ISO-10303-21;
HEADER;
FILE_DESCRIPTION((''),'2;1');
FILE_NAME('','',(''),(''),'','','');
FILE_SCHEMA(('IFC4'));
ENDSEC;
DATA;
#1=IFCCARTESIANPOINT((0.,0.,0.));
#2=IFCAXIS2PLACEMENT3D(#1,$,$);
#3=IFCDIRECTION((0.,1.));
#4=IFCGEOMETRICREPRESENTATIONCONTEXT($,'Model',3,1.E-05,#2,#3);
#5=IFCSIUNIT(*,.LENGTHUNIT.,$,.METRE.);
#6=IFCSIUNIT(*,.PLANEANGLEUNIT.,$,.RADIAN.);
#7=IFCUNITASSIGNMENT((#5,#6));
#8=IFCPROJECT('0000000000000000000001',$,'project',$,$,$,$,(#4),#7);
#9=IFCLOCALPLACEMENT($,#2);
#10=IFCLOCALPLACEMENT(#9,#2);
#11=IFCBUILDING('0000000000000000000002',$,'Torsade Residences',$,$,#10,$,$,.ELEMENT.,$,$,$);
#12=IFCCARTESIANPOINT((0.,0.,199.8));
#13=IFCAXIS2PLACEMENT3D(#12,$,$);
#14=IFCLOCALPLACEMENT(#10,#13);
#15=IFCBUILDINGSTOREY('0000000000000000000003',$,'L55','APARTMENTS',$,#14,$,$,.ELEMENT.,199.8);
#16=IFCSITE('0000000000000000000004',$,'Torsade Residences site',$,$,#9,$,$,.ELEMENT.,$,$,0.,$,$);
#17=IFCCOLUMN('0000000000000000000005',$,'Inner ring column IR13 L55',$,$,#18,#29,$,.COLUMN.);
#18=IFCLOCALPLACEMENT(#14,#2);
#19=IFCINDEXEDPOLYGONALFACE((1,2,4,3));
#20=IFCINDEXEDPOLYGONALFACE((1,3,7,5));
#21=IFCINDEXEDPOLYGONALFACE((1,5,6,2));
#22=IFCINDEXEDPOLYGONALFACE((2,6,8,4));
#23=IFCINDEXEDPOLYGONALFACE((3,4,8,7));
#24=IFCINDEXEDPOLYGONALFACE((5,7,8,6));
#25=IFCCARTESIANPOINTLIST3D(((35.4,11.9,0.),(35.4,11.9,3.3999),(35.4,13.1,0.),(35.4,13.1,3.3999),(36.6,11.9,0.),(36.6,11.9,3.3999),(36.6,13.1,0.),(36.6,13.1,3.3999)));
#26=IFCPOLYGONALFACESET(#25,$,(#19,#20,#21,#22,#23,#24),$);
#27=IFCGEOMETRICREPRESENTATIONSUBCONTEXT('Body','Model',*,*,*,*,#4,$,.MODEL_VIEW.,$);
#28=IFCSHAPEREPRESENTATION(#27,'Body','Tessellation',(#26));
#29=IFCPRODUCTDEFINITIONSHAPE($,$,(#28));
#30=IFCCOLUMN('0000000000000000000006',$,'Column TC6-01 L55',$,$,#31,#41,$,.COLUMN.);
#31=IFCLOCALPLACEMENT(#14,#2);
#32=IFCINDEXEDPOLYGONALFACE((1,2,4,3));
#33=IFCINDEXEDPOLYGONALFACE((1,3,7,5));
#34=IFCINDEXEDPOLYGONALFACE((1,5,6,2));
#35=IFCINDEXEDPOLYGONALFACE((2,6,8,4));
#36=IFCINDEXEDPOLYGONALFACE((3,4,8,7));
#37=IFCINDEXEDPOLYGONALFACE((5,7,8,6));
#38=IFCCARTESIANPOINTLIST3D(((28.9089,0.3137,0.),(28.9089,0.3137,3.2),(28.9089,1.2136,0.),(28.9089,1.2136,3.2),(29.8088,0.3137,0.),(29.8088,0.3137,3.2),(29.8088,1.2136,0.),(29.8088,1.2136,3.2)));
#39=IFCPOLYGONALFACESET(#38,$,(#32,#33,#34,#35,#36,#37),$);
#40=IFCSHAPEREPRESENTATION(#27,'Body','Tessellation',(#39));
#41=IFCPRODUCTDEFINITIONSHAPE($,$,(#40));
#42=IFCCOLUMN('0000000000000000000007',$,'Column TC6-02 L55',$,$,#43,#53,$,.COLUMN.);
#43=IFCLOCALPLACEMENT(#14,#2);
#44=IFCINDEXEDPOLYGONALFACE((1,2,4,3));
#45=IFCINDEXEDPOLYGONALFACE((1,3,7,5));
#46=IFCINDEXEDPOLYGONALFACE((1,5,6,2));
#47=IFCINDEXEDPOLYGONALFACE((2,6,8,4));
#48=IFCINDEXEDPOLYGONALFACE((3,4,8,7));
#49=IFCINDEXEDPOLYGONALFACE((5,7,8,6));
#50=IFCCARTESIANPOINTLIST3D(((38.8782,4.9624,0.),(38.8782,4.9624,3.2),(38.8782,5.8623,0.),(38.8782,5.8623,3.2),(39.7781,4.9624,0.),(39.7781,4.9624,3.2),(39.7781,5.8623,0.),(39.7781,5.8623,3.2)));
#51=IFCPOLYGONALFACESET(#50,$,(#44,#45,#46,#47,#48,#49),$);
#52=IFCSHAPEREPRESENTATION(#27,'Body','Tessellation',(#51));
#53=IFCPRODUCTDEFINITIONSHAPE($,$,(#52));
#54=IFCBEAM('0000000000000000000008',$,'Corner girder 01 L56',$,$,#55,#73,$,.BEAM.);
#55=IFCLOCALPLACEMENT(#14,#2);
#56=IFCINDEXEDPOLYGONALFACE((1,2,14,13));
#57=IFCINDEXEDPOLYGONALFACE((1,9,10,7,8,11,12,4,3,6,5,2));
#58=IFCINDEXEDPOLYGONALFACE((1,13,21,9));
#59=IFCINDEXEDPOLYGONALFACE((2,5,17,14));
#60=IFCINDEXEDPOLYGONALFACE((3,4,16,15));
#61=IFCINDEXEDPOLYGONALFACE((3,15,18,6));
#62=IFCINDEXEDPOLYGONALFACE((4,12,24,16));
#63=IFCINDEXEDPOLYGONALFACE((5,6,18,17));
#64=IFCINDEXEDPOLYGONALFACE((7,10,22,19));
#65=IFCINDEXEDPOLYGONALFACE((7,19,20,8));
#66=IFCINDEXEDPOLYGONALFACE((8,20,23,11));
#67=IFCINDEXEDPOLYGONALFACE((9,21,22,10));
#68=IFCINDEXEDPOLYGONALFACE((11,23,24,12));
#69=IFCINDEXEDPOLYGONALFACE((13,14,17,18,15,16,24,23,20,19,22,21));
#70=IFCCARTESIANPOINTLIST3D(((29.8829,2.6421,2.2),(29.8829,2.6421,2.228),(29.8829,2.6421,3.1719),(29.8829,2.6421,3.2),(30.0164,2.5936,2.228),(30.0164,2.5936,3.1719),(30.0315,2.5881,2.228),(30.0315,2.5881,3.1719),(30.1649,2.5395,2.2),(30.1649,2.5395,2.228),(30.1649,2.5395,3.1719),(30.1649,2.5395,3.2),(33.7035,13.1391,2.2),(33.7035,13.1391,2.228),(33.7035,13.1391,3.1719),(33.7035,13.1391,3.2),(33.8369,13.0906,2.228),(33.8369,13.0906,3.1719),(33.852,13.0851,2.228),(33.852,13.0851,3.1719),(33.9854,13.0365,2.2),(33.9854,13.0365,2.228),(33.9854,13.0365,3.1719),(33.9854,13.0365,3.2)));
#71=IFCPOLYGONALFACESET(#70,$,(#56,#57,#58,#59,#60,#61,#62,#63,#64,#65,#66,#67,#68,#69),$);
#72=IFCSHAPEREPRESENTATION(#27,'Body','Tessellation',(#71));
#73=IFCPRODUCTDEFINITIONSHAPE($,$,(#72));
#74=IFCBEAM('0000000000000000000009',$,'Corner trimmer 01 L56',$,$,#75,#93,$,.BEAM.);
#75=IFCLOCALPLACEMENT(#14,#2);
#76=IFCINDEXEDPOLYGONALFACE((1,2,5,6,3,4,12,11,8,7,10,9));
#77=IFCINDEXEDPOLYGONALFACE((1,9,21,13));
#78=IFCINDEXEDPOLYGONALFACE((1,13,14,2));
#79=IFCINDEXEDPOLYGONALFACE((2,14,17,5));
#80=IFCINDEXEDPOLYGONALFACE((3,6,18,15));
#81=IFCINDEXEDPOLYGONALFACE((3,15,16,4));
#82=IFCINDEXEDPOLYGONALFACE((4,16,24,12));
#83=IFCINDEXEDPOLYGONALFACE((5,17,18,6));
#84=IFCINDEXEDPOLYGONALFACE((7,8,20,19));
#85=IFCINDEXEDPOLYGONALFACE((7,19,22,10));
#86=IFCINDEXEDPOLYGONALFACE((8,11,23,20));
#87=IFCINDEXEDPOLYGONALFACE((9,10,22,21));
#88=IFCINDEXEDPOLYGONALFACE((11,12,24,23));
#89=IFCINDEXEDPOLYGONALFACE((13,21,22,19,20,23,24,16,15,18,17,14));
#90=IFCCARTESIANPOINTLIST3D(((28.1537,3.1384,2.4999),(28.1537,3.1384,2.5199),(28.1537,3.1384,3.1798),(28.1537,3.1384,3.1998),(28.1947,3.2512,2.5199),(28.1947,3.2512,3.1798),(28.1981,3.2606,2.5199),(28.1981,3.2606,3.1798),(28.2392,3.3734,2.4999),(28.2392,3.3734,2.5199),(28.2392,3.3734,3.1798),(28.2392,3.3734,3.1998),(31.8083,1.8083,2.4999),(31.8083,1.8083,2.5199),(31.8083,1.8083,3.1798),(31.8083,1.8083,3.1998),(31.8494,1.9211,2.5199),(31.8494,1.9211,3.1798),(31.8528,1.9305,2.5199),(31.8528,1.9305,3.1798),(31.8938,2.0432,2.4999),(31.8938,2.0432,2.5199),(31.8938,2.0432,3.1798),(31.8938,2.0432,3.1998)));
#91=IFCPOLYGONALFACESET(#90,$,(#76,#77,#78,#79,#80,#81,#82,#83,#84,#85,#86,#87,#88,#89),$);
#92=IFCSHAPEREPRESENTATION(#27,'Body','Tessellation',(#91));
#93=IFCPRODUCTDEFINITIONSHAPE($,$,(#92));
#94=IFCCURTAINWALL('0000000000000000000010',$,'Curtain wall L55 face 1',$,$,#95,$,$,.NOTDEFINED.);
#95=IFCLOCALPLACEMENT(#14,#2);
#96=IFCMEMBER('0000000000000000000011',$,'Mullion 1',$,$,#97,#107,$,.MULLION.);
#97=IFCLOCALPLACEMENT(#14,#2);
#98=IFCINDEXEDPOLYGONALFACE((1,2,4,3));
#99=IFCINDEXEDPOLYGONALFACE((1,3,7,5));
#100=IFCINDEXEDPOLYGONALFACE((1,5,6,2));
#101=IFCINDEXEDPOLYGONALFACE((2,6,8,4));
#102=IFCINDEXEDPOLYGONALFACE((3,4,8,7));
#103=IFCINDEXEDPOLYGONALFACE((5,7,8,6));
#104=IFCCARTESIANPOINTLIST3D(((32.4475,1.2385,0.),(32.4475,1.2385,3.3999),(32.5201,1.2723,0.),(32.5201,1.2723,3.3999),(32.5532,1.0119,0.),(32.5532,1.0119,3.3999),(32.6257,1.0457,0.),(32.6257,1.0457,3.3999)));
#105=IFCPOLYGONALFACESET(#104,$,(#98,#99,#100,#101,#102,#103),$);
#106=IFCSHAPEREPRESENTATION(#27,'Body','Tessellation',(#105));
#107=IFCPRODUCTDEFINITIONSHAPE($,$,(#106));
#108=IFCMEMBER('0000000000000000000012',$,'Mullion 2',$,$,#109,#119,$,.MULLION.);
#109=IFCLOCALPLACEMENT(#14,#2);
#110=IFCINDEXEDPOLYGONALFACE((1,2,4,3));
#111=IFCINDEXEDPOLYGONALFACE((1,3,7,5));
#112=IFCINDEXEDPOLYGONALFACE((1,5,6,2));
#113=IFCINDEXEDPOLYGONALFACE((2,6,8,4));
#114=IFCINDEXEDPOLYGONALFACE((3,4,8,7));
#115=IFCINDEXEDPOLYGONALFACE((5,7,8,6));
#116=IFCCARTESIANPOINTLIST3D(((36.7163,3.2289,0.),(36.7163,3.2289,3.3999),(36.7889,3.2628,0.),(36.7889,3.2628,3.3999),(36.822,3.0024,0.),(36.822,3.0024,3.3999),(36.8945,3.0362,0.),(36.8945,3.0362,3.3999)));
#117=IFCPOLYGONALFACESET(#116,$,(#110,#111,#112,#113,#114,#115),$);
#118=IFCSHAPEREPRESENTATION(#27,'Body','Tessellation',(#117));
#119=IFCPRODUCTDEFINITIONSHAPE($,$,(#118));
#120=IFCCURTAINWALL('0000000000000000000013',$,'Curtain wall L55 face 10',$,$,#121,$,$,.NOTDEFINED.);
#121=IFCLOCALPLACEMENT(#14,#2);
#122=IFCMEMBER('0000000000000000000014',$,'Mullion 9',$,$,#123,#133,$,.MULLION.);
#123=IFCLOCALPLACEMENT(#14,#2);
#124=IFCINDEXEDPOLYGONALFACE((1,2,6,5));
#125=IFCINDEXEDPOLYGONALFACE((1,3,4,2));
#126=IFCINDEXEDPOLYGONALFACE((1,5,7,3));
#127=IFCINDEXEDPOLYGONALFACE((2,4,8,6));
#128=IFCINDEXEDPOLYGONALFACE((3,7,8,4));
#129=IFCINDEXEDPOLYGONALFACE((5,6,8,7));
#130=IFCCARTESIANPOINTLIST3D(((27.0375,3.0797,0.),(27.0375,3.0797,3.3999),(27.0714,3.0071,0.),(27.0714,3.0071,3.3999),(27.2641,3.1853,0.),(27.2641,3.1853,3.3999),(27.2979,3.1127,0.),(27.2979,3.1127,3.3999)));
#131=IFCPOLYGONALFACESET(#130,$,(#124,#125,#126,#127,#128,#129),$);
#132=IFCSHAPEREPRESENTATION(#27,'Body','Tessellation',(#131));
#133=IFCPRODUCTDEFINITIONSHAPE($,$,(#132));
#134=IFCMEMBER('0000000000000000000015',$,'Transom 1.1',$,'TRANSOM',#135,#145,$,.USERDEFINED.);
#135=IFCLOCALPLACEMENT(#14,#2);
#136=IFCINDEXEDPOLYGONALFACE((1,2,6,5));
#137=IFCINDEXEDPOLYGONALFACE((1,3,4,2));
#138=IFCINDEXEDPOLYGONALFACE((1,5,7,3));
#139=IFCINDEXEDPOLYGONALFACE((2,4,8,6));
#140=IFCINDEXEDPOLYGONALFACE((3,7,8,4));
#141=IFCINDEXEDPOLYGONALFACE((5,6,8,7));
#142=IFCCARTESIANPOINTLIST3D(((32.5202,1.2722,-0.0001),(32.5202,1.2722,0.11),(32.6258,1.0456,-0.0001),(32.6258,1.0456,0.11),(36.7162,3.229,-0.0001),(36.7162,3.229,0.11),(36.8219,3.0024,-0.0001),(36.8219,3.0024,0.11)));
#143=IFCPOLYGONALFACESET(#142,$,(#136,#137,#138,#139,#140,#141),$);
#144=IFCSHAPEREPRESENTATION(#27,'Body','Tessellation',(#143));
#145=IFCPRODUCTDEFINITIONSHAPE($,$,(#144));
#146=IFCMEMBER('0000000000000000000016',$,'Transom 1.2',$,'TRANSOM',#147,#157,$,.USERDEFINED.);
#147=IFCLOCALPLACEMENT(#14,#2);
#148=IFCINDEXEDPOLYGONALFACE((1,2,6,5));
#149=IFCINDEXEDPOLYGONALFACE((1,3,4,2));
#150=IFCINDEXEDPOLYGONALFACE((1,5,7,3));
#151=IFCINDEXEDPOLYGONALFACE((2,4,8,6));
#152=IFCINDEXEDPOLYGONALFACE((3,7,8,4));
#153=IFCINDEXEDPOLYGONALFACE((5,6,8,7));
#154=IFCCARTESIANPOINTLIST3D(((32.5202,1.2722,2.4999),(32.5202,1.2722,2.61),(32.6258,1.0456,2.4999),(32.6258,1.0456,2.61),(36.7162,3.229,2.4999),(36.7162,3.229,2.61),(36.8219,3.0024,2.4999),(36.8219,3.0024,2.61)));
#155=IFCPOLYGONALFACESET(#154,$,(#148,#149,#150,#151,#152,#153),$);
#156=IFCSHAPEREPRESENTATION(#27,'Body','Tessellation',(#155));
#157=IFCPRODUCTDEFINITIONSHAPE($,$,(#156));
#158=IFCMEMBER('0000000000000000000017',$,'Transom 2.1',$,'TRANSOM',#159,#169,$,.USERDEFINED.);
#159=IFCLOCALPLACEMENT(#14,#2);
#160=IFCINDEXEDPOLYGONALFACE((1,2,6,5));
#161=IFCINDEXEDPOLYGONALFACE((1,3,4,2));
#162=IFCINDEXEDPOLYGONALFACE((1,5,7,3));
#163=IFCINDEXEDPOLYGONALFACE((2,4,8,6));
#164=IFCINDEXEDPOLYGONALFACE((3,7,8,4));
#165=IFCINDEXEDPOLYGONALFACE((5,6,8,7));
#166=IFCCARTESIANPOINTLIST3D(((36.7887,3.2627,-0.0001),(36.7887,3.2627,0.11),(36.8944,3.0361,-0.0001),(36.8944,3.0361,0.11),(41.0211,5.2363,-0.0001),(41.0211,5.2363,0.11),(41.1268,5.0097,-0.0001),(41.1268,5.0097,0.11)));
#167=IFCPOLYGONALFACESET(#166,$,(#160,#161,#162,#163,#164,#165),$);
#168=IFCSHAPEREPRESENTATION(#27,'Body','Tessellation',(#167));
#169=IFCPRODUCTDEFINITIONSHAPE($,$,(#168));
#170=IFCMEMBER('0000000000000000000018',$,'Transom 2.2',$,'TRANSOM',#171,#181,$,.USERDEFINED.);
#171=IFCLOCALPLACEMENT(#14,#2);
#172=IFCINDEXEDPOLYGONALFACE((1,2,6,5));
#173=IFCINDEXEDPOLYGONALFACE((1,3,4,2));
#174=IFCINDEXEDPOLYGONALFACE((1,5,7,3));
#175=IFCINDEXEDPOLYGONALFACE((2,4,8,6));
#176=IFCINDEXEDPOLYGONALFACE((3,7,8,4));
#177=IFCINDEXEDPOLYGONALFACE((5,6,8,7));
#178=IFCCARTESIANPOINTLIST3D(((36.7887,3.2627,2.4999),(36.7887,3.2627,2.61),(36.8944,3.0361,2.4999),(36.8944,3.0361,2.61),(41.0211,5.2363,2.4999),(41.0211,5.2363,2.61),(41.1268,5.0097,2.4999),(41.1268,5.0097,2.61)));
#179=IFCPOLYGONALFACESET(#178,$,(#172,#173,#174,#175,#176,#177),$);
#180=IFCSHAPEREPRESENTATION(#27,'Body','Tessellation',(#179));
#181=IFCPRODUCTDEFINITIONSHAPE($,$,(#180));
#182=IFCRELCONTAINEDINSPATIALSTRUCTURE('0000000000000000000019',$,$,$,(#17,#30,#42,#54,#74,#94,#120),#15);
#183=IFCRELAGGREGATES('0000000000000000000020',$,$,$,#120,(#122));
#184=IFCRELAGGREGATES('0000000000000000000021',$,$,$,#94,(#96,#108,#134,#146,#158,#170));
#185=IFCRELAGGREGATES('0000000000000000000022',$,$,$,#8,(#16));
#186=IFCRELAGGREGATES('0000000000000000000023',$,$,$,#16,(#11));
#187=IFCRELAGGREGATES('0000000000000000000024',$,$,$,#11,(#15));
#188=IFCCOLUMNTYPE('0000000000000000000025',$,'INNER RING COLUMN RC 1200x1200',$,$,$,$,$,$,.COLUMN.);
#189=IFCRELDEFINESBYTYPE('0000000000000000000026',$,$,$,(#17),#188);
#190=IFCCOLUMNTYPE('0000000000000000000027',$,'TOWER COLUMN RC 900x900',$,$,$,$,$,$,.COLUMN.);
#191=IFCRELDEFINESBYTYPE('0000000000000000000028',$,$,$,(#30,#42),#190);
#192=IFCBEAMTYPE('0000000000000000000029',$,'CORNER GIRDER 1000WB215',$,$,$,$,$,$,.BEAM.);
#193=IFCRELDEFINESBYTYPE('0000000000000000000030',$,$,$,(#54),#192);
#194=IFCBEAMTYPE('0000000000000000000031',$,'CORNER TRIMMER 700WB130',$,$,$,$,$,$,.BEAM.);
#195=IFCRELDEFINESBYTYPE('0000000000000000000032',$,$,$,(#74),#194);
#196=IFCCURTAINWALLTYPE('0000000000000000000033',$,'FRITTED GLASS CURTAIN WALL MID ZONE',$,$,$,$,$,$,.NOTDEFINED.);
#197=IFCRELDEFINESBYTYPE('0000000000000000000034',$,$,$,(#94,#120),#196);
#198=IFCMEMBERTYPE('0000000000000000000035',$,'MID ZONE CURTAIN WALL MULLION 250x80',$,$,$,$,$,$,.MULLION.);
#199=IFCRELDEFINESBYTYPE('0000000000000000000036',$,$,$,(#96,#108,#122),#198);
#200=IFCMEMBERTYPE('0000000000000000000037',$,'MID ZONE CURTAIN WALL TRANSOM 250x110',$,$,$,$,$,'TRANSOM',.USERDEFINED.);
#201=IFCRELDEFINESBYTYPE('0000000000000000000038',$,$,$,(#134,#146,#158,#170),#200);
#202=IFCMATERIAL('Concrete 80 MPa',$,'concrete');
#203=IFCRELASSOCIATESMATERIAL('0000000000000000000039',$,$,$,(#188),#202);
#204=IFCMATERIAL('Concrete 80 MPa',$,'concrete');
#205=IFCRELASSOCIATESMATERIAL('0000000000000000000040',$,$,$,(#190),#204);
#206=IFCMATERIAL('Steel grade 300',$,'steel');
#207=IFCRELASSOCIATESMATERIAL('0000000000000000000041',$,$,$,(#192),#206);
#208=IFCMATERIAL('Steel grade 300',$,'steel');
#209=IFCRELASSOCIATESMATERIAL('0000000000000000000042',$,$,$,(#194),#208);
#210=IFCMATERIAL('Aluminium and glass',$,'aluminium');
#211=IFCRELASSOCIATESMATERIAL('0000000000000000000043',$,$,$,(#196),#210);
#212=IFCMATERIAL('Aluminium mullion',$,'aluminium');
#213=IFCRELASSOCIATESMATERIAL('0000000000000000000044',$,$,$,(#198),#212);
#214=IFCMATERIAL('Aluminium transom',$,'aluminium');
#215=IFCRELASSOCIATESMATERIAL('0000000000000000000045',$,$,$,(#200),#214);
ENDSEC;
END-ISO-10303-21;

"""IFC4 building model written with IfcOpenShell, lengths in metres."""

from ifc_helpers import new_model, si_unit, direction, frame, origin, origin_2d, place, context, subcontext, project, spatial, rectangle, i_section, extrude, material, material_profile, profile_set, type_object, element, aggregate, save


model = new_model("IFC4")

# Units and contexts
model_context = context("Model", 3, precision=1e-05, world=origin(), true_north=direction((0.0, 1.0)))
body_context = subcontext(model_context, "Body", "Model", "MODEL_VIEW")
ifc_project = project(units=[si_unit("LENGTHUNIT", "METRE"), si_unit("PLANEANGLEUNIT", "RADIAN")], contexts=[model_context])

# Site, building, storey
site_placement = place(None, origin())
site = spatial("IfcSite", under=ifc_project, at=site_placement, Name="Torsade Residences site", CompositionType="ELEMENT", RefElevation=0.0)
building_placement = place(site_placement, origin())
building = spatial("IfcBuilding", under=site, at=building_placement, Name="Torsade Residences", CompositionType="ELEMENT")
storey_placement = place(building_placement, frame((0.0, 0.0, 199.8)))
storey = spatial("IfcBuildingStorey", under=building, at=storey_placement, Name="L55", Description="APARTMENTS", CompositionType="ELEMENT", Elevation=199.8)

# Columns
ifc_material_1 = material(Name="Concrete 80 MPa", Category="concrete")
ifc_material_profile_1 = material_profile(ifc_material_1, rectangle(XDim=1.2, YDim=1.2, at=origin_2d()), Name="RC 1200x1200")
ifc_profile_set_1 = profile_set([ifc_material_profile_1], Name="Concrete 80 MPa")
column_type_1 = type_object("IfcColumnType", Name="INNER RING COLUMN RC 1200x1200", PredefinedType="COLUMN", material=ifc_profile_set_1)
column_placement = place(storey_placement, frame((36.0, 12.5, 0.0), z_axis=(0.0, 0.0, 1.0), x_axis=(1.0, 0.0, 0.0)))
element("IfcColumn", 1, at=column_placement, inside=storey, type_object=column_type_1, Name="Inner ring column IR13 L55", PredefinedType="COLUMN", context=body_context, shape_type="SweptSolid", body=[
    extrude(rectangle(XDim=1.2, YDim=1.2, at=origin_2d()), origin(), (0.0, 0.0, 1.0), 3.3999),
])
ifc_material_2 = material(Name="Concrete 80 MPa", Category="concrete")
ifc_material_profile_2 = material_profile(ifc_material_2, rectangle(XDim=0.8999, YDim=0.8999, at=origin_2d()), Name="RC 900x900")
ifc_profile_set_2 = profile_set([ifc_material_profile_2], Name="Concrete 80 MPa")
column_type_2 = type_object("IfcColumnType", Name="TOWER COLUMN RC 900x900", PredefinedType="COLUMN", material=ifc_profile_set_2)
for number, where, z_axis, x_axis, name in (
    (2, (29.3589, 0.7637, 0.0), (0.0, 0.0, 1.0), (1.0, 0.0, 0.0), "Column TC6-01 L55"),
    (3, (39.3281, 5.4124, 0.0), (0.0, 0.0, 1.0), (1.0, 0.0, 0.0), "Column TC6-02 L55"),
):
    element("IfcColumn", number, at=place(storey_placement, frame(where, z_axis=z_axis, x_axis=x_axis)), inside=storey, type_object=column_type_2, Name=name, PredefinedType="COLUMN", context=body_context, shape_type="SweptSolid", body=[
        extrude(rectangle(XDim=0.8999, YDim=0.8999, at=origin_2d()), origin(), (0.0, 0.0, 1.0), 3.2),
    ])

# Beams
ifc_material_3 = material(Name="Steel grade 300", Category="steel")
ifc_material_profile_3 = material_profile(ifc_material_3, i_section(OverallWidth=0.3, OverallDepth=1.0, WebThickness=0.0161, FlangeThickness=0.0281, at=origin_2d()), Name="1000WB215")
ifc_profile_set_3 = profile_set([ifc_material_profile_3], Name="Steel grade 300")
beam_type_1 = type_object("IfcBeamType", Name="CORNER GIRDER 1000WB215", PredefinedType="BEAM", material=ifc_profile_set_3)
beam_1_placement = place(storey_placement, frame((30.0239, 2.5908, 2.7), z_axis=(0.342015, 0.939694, 0.0), x_axis=(-0.939694, 0.342015, 0.0)))
element("IfcBeam", 4, at=beam_1_placement, inside=storey, type_object=beam_type_1, Name="Corner girder 01 L56", PredefinedType="BEAM", context=body_context, shape_type="SweptSolid", body=[
    extrude(i_section(OverallWidth=0.3, OverallDepth=1.0, WebThickness=0.0161, FlangeThickness=0.0281, at=origin_2d()), origin(), (0.0, 0.0, 1.0), 11.1707),
])
ifc_material_4 = material(Name="Steel grade 300", Category="steel")
ifc_material_profile_4 = material_profile(ifc_material_4, i_section(OverallWidth=0.25, OverallDepth=0.7, WebThickness=0.01, FlangeThickness=0.02, at=origin_2d()), Name="700WB130")
ifc_profile_set_4 = profile_set([ifc_material_profile_4], Name="Steel grade 300")
beam_type_2 = type_object("IfcBeamType", Name="CORNER TRIMMER 700WB130", PredefinedType="BEAM", material=ifc_profile_set_4)
beam_2_placement = place(storey_placement, frame((31.8511, 1.9258, 2.8499), z_axis=(-0.939698, 0.342005, 0.0), x_axis=(-0.342005, -0.939698, 0.0)))
element("IfcBeam", 5, at=beam_2_placement, inside=storey, type_object=beam_type_2, Name="Corner trimmer 01 L56", PredefinedType="BEAM", context=body_context, shape_type="SweptSolid", body=[
    extrude(i_section(OverallWidth=0.25, OverallDepth=0.7, WebThickness=0.01, FlangeThickness=0.02, at=origin_2d()), origin(), (0.0, 0.0, 1.0), 3.8892),
])

# Curtain wall, members
ifc_material_5 = material(Name="Aluminium and glass", Category="aluminium")
curtain_wall_type = type_object("IfcCurtainWallType", Name="FRITTED GLASS CURTAIN WALL MID ZONE", PredefinedType="NOTDEFINED", material=ifc_material_5)
curtain_wall_1_placement = place(storey_placement, origin())
curtain_wall_1 = element("IfcCurtainWall", 6, at=curtain_wall_1_placement, inside=storey, type_object=curtain_wall_type, Name="Curtain wall L55 face 1", PredefinedType="NOTDEFINED")
ifc_material_6 = material(Name="Aluminium mullion", Category="aluminium")
ifc_material_profile_5 = material_profile(ifc_material_6, rectangle(XDim=0.25, YDim=0.0801, at=origin_2d()), Name="MID ZONE CURTAIN WALL MULLION 250x80")
ifc_profile_set_5 = profile_set([ifc_material_profile_5], Name="Aluminium mullion")
member_type_1 = type_object("IfcMemberType", Name="MID ZONE CURTAIN WALL MULLION 250x80", PredefinedType="MULLION", material=ifc_profile_set_5)
member_1_placement = place(storey_placement, frame((32.5366, 1.1421, 0.0), z_axis=(0.0, 0.0, 1.0), x_axis=(-0.422618, 0.906308, 0.0)))
member_1 = element("IfcMember", 7, at=member_1_placement, type_object=member_type_1, Name="Mullion 1", PredefinedType="MULLION", context=body_context, shape_type="SweptSolid", body=[
    extrude(rectangle(XDim=0.25, YDim=0.0801, at=origin_2d()), origin(), (0.0, 0.0, 1.0), 3.3999),
])
member_2_placement = place(storey_placement, frame((36.8054, 3.1326, 0.0), z_axis=(0.0, 0.0, 1.0), x_axis=(-0.422618, 0.906308, 0.0)))
member_2 = element("IfcMember", 8, at=member_2_placement, type_object=member_type_1, Name="Mullion 2", PredefinedType="MULLION", context=body_context, shape_type="SweptSolid", body=[
    extrude(rectangle(XDim=0.25, YDim=0.0801, at=origin_2d()), origin(), (0.0, 0.0, 1.0), 3.3999),
])

# Curtain wall, member
curtain_wall_2_placement = place(storey_placement, origin())
curtain_wall_2 = element("IfcCurtainWall", 9, at=curtain_wall_2_placement, inside=storey, type_object=curtain_wall_type, Name="Curtain wall L55 face 10", PredefinedType="NOTDEFINED")
member_3_placement = place(storey_placement, frame((27.1677, 3.0962, 0.0), z_axis=(0.0, 0.0, 1.0), x_axis=(0.906308, 0.422618, 0.0)))
member_3 = element("IfcMember", 10, at=member_3_placement, type_object=member_type_1, Name="Mullion 9", PredefinedType="MULLION", context=body_context, shape_type="SweptSolid", body=[
    extrude(rectangle(XDim=0.25, YDim=0.0801, at=origin_2d()), origin(), (0.0, 0.0, 1.0), 3.3999),
])

# Members
ifc_material_7 = material(Name="Aluminium transom", Category="aluminium")
ifc_material_profile_6 = material_profile(ifc_material_7, rectangle(XDim=0.25, YDim=0.1101, at=origin_2d()), Name="MID ZONE CURTAIN WALL TRANSOM 250x110")
ifc_profile_set_6 = profile_set([ifc_material_profile_6], Name="Aluminium transom")
member_type_2 = type_object("IfcMemberType", Name="MID ZONE CURTAIN WALL TRANSOM 250x110", ElementType="TRANSOM", PredefinedType="USERDEFINED", material=ifc_profile_set_6)
member_4_placement = place(storey_placement, frame((32.573, 1.1589, 0.0549), z_axis=(0.906296, 0.422643, 0.0), x_axis=(-0.422643, 0.906296, 0.0)))
member_4 = element("IfcMember", 11, at=member_4_placement, type_object=member_type_2, Name="Transom 1.1", ObjectType="TRANSOM", PredefinedType="USERDEFINED", context=body_context, shape_type="SweptSolid", body=[
    extrude(rectangle(XDim=0.25, YDim=0.1101, at=origin_2d()), origin(), (0.0, 0.0, 1.0), 4.6299),
])
member_5_placement = place(storey_placement, frame((32.573, 1.1589, 2.5549), z_axis=(0.906296, 0.422643, 0.0), x_axis=(-0.422643, 0.906296, 0.0)))
member_5 = element("IfcMember", 12, at=member_5_placement, type_object=member_type_2, Name="Transom 1.2", ObjectType="TRANSOM", PredefinedType="USERDEFINED", context=body_context, shape_type="SweptSolid", body=[
    extrude(rectangle(XDim=0.25, YDim=0.1101, at=origin_2d()), origin(), (0.0, 0.0, 1.0), 4.6299),
])
member_6_placement = place(storey_placement, frame((36.8416, 3.1494, 0.0549), z_axis=(0.906306, 0.422622, 0.0), x_axis=(-0.422622, 0.906306, 0.0)))
member_6 = element("IfcMember", 13, at=member_6_placement, type_object=member_type_2, Name="Transom 2.1", ObjectType="TRANSOM", PredefinedType="USERDEFINED", context=body_context, shape_type="SweptSolid", body=[
    extrude(rectangle(XDim=0.25, YDim=0.1101, at=origin_2d()), origin(), (0.0, 0.0, 1.0), 4.6699),
])
member_7_placement = place(storey_placement, frame((36.8416, 3.1494, 2.5549), z_axis=(0.906306, 0.422622, 0.0), x_axis=(-0.422622, 0.906306, 0.0)))
member_7 = element("IfcMember", 14, at=member_7_placement, type_object=member_type_2, Name="Transom 2.2", ObjectType="TRANSOM", PredefinedType="USERDEFINED", context=body_context, shape_type="SweptSolid", body=[
    extrude(rectangle(XDim=0.25, YDim=0.1101, at=origin_2d()), origin(), (0.0, 0.0, 1.0), 4.6699),
])

aggregate(curtain_wall_2, [member_3])
aggregate(curtain_wall_1, [member_1, member_2, member_4, member_5, member_6, member_7])

save(model, "model.ifc")
